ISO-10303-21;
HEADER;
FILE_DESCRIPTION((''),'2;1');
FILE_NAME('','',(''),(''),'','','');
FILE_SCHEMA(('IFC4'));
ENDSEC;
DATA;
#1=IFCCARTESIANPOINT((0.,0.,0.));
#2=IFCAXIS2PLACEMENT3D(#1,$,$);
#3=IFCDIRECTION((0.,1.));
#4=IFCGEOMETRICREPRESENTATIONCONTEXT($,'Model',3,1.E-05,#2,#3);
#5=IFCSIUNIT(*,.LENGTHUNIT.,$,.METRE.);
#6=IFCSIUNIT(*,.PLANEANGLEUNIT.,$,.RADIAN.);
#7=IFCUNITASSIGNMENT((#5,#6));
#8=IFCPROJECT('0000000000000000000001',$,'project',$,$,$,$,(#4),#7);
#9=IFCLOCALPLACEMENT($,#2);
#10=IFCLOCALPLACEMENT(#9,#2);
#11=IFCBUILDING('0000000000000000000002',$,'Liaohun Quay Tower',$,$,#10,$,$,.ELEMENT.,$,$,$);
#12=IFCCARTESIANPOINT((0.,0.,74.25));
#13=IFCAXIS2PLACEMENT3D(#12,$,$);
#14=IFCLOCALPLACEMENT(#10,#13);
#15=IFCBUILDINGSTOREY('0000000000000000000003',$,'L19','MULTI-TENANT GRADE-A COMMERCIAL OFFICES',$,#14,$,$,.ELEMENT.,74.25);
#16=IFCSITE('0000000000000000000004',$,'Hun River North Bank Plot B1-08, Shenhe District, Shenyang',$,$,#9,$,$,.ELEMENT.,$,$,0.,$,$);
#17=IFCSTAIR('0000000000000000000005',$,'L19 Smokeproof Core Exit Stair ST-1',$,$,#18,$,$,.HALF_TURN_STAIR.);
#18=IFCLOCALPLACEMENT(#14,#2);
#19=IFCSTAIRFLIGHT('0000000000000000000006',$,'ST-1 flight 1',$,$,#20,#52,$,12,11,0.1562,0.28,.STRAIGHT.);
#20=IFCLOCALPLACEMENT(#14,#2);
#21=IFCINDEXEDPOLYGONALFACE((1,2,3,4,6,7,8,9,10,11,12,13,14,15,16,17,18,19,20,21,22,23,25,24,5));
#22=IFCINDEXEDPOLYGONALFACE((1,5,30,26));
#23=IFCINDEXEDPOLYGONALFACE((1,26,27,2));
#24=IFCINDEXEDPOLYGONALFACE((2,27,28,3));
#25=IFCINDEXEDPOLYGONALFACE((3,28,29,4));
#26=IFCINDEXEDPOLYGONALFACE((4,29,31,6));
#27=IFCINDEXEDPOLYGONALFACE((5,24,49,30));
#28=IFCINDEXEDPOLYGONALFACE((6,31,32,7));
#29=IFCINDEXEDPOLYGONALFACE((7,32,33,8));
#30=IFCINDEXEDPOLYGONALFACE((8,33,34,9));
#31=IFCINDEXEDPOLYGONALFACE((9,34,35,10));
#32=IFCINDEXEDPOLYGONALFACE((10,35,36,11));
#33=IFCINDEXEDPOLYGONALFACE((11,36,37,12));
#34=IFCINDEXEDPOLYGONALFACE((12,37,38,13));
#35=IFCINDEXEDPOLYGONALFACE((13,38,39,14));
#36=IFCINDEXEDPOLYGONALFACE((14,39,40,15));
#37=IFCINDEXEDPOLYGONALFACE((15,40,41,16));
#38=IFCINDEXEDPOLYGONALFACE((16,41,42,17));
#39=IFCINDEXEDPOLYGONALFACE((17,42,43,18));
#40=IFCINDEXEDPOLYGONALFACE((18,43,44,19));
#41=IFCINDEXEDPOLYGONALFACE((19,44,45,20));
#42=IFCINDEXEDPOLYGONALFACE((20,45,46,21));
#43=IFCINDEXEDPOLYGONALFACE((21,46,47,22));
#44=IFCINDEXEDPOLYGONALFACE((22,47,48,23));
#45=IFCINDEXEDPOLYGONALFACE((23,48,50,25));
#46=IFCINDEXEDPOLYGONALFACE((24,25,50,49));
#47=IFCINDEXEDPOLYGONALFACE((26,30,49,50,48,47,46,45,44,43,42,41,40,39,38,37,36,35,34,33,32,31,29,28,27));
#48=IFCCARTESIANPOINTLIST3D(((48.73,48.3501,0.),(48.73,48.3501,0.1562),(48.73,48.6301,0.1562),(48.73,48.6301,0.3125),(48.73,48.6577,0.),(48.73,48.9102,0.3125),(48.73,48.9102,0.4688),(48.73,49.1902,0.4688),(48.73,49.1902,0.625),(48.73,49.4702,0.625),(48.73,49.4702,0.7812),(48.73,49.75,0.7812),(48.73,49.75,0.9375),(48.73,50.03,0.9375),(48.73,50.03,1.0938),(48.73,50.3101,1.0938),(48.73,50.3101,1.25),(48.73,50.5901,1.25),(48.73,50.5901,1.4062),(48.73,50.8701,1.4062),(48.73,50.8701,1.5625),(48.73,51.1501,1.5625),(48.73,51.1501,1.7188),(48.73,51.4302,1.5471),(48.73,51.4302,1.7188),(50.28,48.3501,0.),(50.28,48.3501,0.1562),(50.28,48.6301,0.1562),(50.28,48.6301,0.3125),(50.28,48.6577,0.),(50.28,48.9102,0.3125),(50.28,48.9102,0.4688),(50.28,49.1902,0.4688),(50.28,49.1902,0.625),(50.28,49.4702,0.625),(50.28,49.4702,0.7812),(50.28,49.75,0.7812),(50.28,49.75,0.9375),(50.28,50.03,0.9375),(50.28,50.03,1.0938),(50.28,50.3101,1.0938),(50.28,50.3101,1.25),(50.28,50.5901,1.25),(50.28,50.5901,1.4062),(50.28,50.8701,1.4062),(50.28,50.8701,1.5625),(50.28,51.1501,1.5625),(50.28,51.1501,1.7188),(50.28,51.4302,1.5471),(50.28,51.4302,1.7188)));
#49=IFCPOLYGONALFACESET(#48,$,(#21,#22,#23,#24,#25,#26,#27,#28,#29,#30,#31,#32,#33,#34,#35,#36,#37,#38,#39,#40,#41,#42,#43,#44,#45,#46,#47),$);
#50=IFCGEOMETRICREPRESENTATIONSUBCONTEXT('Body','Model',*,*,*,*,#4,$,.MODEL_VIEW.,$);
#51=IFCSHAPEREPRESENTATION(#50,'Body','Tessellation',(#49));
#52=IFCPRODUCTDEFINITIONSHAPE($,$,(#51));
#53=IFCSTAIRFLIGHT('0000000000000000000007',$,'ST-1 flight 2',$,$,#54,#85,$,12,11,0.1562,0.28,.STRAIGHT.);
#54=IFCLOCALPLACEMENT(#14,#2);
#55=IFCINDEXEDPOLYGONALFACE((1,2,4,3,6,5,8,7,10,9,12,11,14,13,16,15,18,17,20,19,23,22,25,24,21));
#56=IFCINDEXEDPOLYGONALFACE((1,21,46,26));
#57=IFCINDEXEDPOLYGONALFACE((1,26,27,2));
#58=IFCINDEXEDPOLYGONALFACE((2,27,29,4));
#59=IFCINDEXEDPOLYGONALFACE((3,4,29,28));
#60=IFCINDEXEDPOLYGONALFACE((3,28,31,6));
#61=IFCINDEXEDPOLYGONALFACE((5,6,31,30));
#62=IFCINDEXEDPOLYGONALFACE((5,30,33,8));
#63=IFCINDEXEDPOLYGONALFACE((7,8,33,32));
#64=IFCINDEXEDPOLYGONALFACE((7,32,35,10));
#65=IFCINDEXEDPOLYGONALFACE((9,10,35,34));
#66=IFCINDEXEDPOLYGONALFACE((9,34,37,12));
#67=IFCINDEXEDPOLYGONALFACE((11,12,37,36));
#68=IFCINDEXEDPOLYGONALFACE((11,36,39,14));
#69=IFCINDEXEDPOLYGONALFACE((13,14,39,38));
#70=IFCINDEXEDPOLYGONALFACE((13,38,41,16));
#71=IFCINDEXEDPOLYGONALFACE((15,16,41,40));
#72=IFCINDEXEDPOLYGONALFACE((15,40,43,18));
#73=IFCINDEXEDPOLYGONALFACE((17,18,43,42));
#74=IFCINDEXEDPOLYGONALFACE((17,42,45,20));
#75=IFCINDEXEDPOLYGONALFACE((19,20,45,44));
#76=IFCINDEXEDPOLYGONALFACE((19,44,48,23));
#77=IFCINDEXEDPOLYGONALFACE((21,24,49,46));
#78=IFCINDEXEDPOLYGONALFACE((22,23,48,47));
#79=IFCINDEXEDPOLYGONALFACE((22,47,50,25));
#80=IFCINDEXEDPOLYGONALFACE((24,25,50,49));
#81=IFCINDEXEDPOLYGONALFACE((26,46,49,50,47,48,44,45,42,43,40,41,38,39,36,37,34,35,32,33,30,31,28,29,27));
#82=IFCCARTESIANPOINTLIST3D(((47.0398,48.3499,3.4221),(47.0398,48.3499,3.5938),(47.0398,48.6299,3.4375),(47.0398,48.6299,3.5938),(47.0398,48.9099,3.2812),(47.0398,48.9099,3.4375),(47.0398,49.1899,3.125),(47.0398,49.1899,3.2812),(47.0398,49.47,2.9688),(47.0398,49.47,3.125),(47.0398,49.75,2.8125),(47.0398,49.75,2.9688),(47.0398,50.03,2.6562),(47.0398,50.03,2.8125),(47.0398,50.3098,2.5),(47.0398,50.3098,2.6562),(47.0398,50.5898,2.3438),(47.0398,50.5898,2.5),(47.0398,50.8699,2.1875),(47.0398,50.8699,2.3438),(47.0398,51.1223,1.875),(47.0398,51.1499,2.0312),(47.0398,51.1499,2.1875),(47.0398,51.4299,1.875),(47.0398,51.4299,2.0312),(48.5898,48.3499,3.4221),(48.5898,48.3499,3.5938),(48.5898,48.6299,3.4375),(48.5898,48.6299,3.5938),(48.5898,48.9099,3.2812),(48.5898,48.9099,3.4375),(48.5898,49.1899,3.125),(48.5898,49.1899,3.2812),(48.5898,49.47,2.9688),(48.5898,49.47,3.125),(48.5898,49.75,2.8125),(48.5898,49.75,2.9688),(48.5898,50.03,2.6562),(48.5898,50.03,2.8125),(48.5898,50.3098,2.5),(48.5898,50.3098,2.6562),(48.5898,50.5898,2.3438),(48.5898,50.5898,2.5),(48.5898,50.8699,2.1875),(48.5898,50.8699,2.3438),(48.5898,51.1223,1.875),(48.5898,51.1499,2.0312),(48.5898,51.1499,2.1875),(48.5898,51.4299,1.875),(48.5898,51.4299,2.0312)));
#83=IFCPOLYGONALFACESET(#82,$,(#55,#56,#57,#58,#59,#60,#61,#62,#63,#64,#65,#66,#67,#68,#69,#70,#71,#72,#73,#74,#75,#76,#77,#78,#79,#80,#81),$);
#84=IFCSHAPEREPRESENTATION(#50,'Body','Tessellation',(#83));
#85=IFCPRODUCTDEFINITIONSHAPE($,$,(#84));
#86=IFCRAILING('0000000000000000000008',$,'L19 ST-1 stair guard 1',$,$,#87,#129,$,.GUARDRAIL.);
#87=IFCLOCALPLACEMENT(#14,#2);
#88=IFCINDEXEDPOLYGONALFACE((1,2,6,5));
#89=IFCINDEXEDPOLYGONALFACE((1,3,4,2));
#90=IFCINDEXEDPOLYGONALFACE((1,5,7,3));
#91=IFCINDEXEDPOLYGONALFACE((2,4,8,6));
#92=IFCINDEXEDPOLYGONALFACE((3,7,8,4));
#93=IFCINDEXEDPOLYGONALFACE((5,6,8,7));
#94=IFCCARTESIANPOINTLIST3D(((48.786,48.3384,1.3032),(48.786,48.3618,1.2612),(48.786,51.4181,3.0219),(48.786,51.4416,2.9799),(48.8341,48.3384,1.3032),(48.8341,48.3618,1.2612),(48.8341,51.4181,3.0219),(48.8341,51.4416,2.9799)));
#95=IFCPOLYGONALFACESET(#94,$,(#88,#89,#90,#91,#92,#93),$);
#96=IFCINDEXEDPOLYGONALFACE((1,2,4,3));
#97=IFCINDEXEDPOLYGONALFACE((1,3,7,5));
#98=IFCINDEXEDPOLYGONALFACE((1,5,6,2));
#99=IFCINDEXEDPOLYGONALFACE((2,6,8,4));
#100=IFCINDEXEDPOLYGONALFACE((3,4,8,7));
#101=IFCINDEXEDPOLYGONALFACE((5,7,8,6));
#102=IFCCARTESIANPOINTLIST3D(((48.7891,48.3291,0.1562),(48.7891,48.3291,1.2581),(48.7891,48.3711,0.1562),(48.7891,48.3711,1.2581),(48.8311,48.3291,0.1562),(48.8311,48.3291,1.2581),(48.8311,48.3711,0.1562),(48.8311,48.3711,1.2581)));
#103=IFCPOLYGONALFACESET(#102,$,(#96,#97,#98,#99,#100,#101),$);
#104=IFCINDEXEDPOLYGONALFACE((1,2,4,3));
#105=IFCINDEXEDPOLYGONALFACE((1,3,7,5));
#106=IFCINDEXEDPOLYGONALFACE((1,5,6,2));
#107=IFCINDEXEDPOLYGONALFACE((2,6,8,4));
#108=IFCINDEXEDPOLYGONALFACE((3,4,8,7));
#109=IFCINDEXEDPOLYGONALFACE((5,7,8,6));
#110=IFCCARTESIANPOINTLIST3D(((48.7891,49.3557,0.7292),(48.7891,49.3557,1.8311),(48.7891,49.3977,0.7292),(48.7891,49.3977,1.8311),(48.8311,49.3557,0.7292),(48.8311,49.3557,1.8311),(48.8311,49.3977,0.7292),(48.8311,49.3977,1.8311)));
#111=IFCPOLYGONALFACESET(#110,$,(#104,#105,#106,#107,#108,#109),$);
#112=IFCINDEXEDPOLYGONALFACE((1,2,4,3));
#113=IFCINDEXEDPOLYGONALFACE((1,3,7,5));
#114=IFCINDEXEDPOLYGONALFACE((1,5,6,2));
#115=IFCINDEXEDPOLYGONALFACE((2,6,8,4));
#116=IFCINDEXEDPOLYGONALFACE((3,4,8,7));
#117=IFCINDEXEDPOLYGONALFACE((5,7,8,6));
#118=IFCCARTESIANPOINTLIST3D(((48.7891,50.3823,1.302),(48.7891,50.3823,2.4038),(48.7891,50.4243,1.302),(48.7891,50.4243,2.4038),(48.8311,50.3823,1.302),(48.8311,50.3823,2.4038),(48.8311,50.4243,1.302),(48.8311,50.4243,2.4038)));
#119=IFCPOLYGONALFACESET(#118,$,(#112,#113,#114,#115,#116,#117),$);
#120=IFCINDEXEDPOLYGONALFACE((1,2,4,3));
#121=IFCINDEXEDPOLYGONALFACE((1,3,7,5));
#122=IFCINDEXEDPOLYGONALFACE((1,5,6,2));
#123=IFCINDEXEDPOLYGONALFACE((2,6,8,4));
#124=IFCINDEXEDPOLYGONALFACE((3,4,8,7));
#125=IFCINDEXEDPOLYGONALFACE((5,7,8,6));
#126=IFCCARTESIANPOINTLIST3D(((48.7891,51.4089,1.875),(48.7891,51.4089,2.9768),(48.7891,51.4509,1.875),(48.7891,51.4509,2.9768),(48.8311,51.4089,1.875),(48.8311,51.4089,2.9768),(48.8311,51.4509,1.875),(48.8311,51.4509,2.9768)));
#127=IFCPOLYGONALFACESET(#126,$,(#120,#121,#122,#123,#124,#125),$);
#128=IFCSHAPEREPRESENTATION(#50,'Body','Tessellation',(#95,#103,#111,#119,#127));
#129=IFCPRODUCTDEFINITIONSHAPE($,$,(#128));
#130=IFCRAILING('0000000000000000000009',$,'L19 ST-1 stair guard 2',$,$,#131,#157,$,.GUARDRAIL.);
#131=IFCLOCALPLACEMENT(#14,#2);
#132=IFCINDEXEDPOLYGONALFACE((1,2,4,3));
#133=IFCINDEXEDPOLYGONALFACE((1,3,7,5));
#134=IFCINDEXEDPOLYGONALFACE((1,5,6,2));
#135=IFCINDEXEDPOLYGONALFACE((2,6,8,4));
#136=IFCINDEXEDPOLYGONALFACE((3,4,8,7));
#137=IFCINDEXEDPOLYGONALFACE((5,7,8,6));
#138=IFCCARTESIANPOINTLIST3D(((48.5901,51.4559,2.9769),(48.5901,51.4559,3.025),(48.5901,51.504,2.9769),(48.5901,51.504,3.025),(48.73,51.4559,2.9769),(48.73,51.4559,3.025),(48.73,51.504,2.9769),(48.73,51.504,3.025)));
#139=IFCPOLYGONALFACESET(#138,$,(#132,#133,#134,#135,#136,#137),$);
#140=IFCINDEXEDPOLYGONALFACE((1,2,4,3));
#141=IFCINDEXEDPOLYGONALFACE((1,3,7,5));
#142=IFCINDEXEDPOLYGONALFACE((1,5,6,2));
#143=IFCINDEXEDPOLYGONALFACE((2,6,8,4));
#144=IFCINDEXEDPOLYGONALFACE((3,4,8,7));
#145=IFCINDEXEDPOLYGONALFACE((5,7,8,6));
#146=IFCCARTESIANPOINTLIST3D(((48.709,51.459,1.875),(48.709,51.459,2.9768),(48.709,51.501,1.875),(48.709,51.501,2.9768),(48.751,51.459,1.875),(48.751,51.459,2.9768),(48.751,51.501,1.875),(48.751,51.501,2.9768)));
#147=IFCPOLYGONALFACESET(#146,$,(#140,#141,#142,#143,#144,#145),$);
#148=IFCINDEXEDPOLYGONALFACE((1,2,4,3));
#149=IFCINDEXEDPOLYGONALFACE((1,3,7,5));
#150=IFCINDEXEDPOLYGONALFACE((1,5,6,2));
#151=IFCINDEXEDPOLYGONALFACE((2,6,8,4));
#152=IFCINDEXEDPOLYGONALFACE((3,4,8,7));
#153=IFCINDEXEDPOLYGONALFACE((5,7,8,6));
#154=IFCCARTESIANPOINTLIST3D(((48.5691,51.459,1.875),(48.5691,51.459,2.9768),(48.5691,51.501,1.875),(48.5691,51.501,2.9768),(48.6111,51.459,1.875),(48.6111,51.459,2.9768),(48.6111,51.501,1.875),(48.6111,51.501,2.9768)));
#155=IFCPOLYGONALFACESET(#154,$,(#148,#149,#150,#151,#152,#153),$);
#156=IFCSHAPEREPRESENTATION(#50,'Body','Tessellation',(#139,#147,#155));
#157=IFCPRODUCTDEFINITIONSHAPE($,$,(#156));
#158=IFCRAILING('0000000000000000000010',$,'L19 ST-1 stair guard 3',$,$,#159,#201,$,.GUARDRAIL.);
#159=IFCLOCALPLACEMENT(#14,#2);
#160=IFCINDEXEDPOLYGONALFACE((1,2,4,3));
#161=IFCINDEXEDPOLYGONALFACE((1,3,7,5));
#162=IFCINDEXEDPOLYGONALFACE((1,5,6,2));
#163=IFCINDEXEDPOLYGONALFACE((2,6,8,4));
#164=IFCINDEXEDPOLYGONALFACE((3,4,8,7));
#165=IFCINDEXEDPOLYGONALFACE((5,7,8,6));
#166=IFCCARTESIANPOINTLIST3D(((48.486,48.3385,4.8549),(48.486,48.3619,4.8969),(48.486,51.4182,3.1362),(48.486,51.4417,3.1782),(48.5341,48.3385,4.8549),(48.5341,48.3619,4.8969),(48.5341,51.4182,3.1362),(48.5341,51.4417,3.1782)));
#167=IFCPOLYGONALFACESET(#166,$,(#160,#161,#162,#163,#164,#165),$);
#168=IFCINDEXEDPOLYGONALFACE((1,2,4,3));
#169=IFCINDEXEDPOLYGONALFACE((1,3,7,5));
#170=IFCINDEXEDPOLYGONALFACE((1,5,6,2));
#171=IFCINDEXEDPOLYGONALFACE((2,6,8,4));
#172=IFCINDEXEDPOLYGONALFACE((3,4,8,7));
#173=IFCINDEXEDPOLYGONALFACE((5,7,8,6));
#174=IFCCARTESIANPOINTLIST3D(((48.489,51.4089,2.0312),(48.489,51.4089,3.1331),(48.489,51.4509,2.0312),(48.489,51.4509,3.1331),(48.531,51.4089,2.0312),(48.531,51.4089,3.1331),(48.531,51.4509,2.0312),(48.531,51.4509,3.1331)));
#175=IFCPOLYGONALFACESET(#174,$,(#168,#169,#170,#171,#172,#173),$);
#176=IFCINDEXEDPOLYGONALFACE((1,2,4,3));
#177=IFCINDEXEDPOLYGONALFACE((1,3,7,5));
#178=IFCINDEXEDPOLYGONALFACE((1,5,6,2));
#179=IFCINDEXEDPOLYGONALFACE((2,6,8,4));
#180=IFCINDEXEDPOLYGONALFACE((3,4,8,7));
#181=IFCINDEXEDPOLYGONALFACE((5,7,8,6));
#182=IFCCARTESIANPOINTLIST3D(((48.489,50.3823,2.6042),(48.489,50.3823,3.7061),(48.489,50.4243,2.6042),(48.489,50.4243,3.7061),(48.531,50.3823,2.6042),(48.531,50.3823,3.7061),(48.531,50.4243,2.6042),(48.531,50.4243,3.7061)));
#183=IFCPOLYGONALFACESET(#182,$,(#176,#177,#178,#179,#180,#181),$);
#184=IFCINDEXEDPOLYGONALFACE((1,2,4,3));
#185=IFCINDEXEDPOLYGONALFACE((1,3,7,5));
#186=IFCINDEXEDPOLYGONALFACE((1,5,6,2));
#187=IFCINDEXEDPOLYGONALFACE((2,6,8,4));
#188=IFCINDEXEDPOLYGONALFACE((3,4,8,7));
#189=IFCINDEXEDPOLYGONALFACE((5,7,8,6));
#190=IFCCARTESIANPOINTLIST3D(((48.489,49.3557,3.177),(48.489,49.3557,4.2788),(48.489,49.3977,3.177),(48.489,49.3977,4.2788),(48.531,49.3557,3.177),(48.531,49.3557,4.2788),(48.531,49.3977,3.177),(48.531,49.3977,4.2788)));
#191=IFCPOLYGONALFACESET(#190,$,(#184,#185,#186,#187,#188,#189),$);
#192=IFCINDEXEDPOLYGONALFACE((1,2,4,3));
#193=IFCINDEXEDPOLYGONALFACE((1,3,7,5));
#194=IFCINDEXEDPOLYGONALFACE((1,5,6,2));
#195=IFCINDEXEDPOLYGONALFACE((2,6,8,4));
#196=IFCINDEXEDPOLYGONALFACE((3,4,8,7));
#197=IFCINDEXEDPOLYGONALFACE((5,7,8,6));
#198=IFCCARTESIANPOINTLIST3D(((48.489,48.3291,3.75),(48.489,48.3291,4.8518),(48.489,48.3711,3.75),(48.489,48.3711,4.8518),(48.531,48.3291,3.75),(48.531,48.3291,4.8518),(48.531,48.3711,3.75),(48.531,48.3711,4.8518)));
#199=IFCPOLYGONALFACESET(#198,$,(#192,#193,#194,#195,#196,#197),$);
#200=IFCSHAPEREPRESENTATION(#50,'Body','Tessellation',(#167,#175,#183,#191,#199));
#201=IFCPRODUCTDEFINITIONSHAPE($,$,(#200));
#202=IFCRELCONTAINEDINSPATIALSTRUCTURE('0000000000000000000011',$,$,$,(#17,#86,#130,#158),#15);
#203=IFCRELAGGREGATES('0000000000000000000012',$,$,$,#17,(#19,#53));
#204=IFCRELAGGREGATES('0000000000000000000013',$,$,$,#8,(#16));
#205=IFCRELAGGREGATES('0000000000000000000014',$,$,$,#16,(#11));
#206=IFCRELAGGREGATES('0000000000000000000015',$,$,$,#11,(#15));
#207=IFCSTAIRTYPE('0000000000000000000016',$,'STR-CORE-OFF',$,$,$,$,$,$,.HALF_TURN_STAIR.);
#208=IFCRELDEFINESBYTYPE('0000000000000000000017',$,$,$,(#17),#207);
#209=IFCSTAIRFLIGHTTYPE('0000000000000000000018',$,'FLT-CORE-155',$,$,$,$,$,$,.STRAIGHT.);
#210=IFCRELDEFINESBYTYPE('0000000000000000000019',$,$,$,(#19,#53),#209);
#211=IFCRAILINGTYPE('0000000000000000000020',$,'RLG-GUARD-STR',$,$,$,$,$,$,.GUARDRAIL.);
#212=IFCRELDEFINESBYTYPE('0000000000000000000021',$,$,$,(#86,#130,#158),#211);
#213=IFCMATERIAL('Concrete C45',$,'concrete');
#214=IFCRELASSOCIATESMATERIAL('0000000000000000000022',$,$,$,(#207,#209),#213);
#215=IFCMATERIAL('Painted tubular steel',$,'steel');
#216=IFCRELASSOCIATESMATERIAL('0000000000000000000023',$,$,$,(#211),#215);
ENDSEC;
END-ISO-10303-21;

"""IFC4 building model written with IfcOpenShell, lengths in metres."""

from ifc_helpers import new_model, si_unit, direction, frame, origin, origin_2d, place, context, subcontext, project, spatial, polyline, rectangle, outline, extrude, material, type_object, element, aggregate, save


model = new_model("IFC4")

# Units and contexts
model_context = context("Model", 3, precision=1e-05, world=origin(), true_north=direction((0.0, 1.0)))
body_context = subcontext(model_context, "Body", "Model", "MODEL_VIEW")
ifc_project = project(units=[si_unit("LENGTHUNIT", "METRE"), si_unit("PLANEANGLEUNIT", "RADIAN")], contexts=[model_context])

# Site, building, storey
site_placement = place(None, origin())
site = spatial("IfcSite", under=ifc_project, at=site_placement, Name="Hun River North Bank Plot B1-08, Shenhe District, Shenyang", CompositionType="ELEMENT", RefElevation=0.0)
building_placement = place(site_placement, origin())
building = spatial("IfcBuilding", under=site, at=building_placement, Name="Liaohun Quay Tower", CompositionType="ELEMENT")
storey_placement = place(building_placement, frame((0.0, 0.0, 74.25)))
storey = spatial("IfcBuildingStorey", under=building, at=storey_placement, Name="L19", Description="MULTI-TENANT GRADE-A COMMERCIAL OFFICES", CompositionType="ELEMENT", Elevation=74.25)

# Stair, stair flights
ifc_material_1 = material(Name="Concrete C45", Category="concrete")
stair_type = type_object("IfcStairType", Name="STR-CORE-OFF", PredefinedType="HALF_TURN_STAIR", material=ifc_material_1)
stair_placement = place(storey_placement, origin())
stair = element("IfcStair", 1, at=stair_placement, inside=storey, type_object=stair_type, Name="L19 Smokeproof Core Exit Stair ST-1", PredefinedType="HALF_TURN_STAIR")
stair_flight_type = type_object("IfcStairFlightType", Name="FLT-CORE-155", PredefinedType="STRAIGHT", material=ifc_material_1)
stair_flight_1_placement = place(storey_placement, frame((49.5049, 48.3501, 0.0), z_axis=(0.0, 0.0, 1.0), x_axis=(0.0, 1.0, 0.0)))
stair_flight_1 = element("IfcStairFlight", 2, at=stair_flight_1_placement, type_object=stair_flight_type, Name="ST-1 flight 1", NumberOfRisers=12, NumberOfTreads=11, PredefinedType="STRAIGHT", RiserHeight=0.1562, TreadLength=0.28, context=body_context, shape_type="SweptSolid", body=[
    extrude(outline(polyline([(0.0, 0.0), (0.0, 0.1562), (0.28, 0.1562), (0.28, 0.3125), (0.5601, 0.3125), (0.5601, 0.4688), (0.8401, 0.4688), (0.8401, 0.625), (1.1201, 0.625), (1.1201, 0.7812), (1.3999, 0.7812), (1.3999, 0.9375), (1.6799, 0.9375), (1.6799, 1.0938), (1.96, 1.0938), (1.96, 1.25), (2.24, 1.25), (2.24, 1.4062), (2.52, 1.4062), (2.52, 1.5625), (2.8, 1.5625), (2.8, 1.7188), (3.0801, 1.7188), (3.0801, 1.875), (3.0801, 1.5471), (0.3076, 0.0), (0.0, 0.0)])), frame((0.0, 0.7749, 0.0), z_axis=(0.0, -1.0, 0.0), x_axis=(1.0, 0.0, 0.0)), (0.0, 0.0, 1.0), 1.55),
])
stair_flight_2_placement = place(storey_placement, frame((47.8149, 51.4299, 1.875), z_axis=(0.0, 0.0, 1.0), x_axis=(0.0, -1.0, 0.0)))
stair_flight_2 = element("IfcStairFlight", 3, at=stair_flight_2_placement, type_object=stair_flight_type, Name="ST-1 flight 2", NumberOfRisers=12, NumberOfTreads=11, PredefinedType="STRAIGHT", RiserHeight=0.1562, TreadLength=0.28, context=body_context, shape_type="SweptSolid", body=[
    extrude(outline(polyline([(0.0, 0.0), (0.0, 0.1562), (0.28, 0.1562), (0.28, 0.3125), (0.5601, 0.3125), (0.5601, 0.4688), (0.8401, 0.4688), (0.8401, 0.625), (1.1201, 0.625), (1.1201, 0.7812), (1.3999, 0.7812), (1.3999, 0.9375), (1.6799, 0.9375), (1.6799, 1.0938), (1.96, 1.0938), (1.96, 1.25), (2.24, 1.25), (2.24, 1.4062), (2.52, 1.4062), (2.52, 1.5625), (2.8, 1.5625), (2.8, 1.7188), (3.0801, 1.7188), (3.0801, 1.875), (3.0801, 1.5471), (0.3076, 0.0), (0.0, 0.0)])), frame((0.0, 0.7749, 0.0), z_axis=(0.0, -1.0, 0.0), x_axis=(1.0, 0.0, 0.0)), (0.0, 0.0, 1.0), 1.55),
])
aggregate(stair, [stair_flight_1, stair_flight_2])

# Railings
ifc_material_2 = material(Name="Painted tubular steel", Category="steel")
railing_type_1 = type_object("IfcRailingType", Name="RLG-GUARD-STR", PredefinedType="GUARDRAIL", material=ifc_material_2)
railing_1_placement = place(storey_placement, frame((48.8101, 48.3501, 0.1562)))
element("IfcRailing", 4, at=railing_1_placement, inside=storey, type_object=railing_type_1, Name="L19 ST-1 stair guard 1", PredefinedType="GUARDRAIL", context=body_context, shape_type="SweptSolid", body=[
    extrude(rectangle(XDim=0.0481, YDim=0.0481, at=origin_2d()), frame((0.0, 0.0, 1.126), z_axis=(0.0, 0.873225, 0.487317), x_axis=(-1.0, 0.0, 0.0)), (0.0, 0.0, 1.0), 3.5269),
    extrude(rectangle(XDim=0.042, YDim=0.042, at=origin_2d()), origin(), (0.0, 0.0, 1.0), 1.1018),
    extrude(rectangle(XDim=0.042, YDim=0.042, at=origin_2d()), frame((0.0, 1.0266, 0.573)), (0.0, 0.0, 1.0), 1.1018),
    extrude(rectangle(XDim=0.042, YDim=0.042, at=origin_2d()), frame((0.0, 2.0532, 1.1458)), (0.0, 0.0, 1.0), 1.1018),
    extrude(rectangle(XDim=0.042, YDim=0.042, at=origin_2d()), frame((0.0, 3.0798, 1.7188)), (0.0, 0.0, 1.0), 1.1018),
])
railing_2_placement = place(storey_placement, frame((48.73, 51.48, 1.875)))
element("IfcRailing", 5, at=railing_2_placement, inside=storey, type_object=railing_type_1, Name="L19 ST-1 stair guard 2", PredefinedType="GUARDRAIL", context=body_context, shape_type="SweptSolid", body=[
    extrude(rectangle(XDim=0.0481, YDim=0.0481, at=origin_2d()), frame((0.0, 0.0, 1.126), z_axis=(-1.0, 0.0, 0.0), x_axis=(0.0, -1.0, 0.0)), (0.0, 0.0, 1.0), 0.1399),
    extrude(rectangle(XDim=0.042, YDim=0.042, at=origin_2d()), origin(), (0.0, 0.0, 1.0), 1.1018),
    extrude(rectangle(XDim=0.042, YDim=0.042, at=origin_2d()), frame((-0.1399, 0.0, 0.0)), (0.0, 0.0, 1.0), 1.1018),
])
railing_3_placement = place(storey_placement, frame((48.51, 51.4299, 2.0312)))
element("IfcRailing", 6, at=railing_3_placement, inside=storey, type_object=railing_type_1, Name="L19 ST-1 stair guard 3", PredefinedType="GUARDRAIL", context=body_context, shape_type="SweptSolid", body=[
    extrude(rectangle(XDim=0.0481, YDim=0.0481, at=origin_2d()), frame((0.0, 0.0, 1.126), z_axis=(0.0, -0.873225, 0.487317), x_axis=(1.0, 0.0, 0.0)), (0.0, 0.0, 1.0), 3.5269),
    extrude(rectangle(XDim=0.042, YDim=0.042, at=origin_2d()), origin(), (0.0, 0.0, 1.0), 1.1018),
    extrude(rectangle(XDim=0.042, YDim=0.042, at=origin_2d()), frame((0.0, -1.0266, 0.573)), (0.0, 0.0, 1.0), 1.1018),
    extrude(rectangle(XDim=0.042, YDim=0.042, at=origin_2d()), frame((0.0, -2.0532, 1.1458)), (0.0, 0.0, 1.0), 1.1018),
    extrude(rectangle(XDim=0.042, YDim=0.042, at=origin_2d()), frame((0.0, -3.0798, 1.7188)), (0.0, 0.0, 1.0), 1.1018),
])

save(model, "model.ifc")
